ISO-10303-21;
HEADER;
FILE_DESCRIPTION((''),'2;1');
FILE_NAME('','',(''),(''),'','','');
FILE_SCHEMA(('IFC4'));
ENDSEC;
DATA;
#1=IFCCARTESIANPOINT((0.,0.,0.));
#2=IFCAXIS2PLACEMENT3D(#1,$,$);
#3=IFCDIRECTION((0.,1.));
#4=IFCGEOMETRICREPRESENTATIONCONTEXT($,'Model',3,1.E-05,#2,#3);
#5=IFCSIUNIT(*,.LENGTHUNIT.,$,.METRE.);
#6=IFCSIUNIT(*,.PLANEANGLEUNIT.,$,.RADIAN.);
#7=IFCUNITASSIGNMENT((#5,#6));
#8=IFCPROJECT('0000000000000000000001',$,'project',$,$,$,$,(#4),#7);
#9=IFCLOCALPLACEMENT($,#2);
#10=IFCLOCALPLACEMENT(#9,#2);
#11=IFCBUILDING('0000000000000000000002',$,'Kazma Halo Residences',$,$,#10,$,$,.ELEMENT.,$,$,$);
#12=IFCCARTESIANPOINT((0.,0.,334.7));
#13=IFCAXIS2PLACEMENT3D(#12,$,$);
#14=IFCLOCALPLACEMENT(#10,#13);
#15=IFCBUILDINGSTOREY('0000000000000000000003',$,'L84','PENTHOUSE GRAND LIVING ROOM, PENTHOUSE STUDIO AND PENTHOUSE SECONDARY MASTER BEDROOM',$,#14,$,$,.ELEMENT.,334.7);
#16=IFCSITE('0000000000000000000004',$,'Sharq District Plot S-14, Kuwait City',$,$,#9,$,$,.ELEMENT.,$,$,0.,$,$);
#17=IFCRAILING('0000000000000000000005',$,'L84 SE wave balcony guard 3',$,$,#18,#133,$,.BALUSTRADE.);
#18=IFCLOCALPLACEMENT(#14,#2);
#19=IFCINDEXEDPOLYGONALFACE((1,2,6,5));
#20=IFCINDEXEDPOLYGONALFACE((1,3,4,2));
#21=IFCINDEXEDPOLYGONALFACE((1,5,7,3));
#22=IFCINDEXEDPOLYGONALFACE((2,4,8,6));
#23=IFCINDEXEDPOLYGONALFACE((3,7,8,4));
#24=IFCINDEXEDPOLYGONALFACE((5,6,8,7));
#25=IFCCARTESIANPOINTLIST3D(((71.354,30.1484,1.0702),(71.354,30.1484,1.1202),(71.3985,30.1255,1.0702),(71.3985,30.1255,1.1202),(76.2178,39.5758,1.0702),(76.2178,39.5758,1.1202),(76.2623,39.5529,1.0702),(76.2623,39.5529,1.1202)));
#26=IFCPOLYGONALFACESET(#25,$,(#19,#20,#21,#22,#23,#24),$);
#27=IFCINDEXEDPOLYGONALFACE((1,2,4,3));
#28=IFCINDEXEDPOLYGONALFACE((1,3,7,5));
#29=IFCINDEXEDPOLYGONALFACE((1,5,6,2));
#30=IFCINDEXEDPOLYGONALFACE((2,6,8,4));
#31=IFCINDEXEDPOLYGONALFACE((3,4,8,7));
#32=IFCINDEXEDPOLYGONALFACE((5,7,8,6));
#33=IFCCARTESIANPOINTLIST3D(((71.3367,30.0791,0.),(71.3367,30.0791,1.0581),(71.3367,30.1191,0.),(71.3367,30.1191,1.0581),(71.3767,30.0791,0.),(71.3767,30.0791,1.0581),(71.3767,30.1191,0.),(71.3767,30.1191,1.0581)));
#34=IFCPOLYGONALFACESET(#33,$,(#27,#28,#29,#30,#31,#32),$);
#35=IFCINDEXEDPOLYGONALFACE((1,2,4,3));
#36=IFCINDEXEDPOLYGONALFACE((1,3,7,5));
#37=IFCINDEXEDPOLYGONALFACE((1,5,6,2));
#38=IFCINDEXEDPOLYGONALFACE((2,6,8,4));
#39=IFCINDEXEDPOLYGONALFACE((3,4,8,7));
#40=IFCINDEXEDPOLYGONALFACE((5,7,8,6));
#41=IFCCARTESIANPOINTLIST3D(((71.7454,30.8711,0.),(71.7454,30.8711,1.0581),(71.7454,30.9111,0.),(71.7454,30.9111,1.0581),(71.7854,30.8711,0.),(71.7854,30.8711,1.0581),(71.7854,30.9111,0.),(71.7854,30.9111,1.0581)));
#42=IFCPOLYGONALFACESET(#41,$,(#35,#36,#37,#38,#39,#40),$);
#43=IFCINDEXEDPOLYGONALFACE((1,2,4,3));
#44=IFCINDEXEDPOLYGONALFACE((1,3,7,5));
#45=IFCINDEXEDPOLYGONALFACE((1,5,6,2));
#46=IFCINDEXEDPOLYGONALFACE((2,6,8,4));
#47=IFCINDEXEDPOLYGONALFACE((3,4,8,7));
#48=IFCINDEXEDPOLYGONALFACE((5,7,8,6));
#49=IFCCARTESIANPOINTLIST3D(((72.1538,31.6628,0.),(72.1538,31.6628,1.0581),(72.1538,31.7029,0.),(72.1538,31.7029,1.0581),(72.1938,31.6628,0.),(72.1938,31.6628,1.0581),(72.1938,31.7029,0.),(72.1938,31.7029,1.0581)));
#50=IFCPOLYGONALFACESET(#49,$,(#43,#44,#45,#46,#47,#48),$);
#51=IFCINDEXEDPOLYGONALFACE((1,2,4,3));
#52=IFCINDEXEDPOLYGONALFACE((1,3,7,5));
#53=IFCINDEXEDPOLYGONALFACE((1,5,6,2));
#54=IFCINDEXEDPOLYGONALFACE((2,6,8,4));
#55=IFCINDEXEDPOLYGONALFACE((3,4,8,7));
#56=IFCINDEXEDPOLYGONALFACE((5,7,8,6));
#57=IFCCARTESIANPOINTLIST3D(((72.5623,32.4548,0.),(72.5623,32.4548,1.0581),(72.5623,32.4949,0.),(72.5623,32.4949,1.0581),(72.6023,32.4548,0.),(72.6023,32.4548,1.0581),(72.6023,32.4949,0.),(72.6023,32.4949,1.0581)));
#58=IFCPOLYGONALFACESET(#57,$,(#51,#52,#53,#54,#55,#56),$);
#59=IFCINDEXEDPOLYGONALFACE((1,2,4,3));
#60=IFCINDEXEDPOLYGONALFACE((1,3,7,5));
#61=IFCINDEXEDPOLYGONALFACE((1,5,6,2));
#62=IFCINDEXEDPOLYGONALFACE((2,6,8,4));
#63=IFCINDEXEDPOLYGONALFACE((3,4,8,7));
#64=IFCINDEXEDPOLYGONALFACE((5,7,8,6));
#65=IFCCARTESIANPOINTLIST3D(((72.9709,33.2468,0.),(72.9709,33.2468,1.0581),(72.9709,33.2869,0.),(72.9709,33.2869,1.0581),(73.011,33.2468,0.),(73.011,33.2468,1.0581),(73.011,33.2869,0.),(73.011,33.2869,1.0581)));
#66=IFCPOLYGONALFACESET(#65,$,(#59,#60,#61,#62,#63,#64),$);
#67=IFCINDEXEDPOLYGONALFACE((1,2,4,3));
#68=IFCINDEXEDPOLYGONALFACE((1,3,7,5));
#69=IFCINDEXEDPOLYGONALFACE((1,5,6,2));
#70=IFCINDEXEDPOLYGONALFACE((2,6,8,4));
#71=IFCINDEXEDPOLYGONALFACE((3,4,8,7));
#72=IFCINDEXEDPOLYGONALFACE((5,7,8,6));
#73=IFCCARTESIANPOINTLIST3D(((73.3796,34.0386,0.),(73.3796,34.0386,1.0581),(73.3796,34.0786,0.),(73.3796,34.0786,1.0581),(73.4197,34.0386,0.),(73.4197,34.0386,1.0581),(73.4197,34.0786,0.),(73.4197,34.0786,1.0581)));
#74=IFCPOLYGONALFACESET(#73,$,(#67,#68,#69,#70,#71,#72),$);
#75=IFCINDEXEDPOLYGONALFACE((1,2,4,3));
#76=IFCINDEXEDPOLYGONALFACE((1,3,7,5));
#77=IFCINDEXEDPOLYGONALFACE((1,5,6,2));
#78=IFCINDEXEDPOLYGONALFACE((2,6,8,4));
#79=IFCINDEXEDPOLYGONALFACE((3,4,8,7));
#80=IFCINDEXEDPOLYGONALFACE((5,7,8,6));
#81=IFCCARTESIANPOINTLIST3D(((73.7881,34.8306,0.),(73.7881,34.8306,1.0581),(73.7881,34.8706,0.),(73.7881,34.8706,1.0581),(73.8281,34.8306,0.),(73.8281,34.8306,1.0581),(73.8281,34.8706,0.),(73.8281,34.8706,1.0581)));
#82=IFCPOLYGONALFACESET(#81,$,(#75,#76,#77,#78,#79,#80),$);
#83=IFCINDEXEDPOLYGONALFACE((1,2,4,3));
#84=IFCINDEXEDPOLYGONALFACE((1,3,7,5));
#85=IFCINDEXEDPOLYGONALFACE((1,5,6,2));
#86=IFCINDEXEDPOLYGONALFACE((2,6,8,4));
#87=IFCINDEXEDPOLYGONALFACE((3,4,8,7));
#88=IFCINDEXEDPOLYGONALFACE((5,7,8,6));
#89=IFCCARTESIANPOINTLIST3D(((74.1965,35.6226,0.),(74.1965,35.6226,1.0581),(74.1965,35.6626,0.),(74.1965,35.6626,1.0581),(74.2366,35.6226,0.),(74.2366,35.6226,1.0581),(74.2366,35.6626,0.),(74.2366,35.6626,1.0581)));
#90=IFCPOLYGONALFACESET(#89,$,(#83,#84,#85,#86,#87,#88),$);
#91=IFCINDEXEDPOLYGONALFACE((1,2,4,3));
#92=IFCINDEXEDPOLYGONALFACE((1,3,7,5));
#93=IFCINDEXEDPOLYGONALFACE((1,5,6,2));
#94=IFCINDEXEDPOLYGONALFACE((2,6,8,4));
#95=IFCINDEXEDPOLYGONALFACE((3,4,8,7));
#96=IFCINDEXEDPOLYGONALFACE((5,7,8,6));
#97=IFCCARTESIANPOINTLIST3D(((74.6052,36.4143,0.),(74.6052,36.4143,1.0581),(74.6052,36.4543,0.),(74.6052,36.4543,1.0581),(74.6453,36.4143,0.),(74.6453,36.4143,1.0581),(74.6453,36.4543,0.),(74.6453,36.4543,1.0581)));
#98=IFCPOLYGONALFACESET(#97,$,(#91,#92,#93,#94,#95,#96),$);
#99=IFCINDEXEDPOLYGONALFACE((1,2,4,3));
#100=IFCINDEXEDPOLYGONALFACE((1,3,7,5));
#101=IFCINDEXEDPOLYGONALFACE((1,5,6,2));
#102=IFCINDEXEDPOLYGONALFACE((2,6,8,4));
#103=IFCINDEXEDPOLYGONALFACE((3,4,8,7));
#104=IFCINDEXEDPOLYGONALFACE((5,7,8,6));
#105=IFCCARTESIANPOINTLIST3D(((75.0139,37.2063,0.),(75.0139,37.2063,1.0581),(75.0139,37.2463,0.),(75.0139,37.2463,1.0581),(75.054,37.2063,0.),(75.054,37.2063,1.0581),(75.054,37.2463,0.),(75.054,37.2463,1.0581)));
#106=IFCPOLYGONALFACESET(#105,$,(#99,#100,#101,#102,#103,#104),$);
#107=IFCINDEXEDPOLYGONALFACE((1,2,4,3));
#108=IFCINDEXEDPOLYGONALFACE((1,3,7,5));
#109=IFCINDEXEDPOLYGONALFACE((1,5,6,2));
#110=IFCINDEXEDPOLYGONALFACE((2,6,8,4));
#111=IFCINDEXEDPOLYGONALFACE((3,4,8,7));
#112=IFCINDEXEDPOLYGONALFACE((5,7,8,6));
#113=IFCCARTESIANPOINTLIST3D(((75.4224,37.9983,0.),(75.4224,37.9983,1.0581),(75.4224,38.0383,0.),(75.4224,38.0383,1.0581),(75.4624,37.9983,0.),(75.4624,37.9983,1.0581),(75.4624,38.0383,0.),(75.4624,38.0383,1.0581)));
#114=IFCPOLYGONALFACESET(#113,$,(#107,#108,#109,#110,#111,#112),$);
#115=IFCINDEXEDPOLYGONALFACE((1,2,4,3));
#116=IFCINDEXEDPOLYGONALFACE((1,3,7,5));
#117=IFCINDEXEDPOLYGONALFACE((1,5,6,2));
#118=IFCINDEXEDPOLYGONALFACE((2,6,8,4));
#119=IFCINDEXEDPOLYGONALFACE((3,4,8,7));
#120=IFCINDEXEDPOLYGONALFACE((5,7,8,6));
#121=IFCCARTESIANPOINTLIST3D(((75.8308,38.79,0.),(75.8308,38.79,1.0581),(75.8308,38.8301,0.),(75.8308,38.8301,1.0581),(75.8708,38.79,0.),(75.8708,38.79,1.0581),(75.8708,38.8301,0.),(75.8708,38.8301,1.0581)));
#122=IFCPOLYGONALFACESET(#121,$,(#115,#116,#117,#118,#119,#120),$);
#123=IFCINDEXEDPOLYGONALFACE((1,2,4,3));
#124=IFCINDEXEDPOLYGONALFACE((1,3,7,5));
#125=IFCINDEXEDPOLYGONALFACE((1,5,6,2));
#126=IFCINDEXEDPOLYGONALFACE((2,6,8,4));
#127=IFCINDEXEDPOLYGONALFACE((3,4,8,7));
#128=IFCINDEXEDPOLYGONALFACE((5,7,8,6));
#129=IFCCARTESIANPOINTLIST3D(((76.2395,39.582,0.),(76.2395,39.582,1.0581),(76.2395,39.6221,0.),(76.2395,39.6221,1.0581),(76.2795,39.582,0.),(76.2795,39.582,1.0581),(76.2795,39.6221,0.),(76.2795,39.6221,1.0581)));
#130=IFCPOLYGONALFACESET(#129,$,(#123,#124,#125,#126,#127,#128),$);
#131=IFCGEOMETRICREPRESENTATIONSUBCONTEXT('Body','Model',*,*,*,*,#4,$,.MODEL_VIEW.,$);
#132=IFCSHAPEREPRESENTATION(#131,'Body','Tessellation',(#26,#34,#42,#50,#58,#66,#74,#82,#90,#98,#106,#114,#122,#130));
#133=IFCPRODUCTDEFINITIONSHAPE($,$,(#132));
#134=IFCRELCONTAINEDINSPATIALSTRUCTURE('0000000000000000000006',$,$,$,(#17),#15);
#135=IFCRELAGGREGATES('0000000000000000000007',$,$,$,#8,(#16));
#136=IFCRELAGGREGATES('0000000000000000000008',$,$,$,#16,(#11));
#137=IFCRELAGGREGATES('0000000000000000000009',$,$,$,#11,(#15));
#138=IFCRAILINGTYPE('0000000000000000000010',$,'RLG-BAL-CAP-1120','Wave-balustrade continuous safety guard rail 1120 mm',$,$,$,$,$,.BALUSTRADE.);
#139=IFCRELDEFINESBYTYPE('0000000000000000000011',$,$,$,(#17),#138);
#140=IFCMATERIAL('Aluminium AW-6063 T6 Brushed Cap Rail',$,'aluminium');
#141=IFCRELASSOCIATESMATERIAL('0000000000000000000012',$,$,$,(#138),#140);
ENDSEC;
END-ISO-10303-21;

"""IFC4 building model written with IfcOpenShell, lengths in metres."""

from ifc_helpers import new_model, si_unit, direction, frame, origin, origin_2d, place, context, subcontext, project, spatial, rectangle, extrude, material, type_object, element, save


model = new_model("IFC4")

# Units and contexts
model_context = context("Model", 3, precision=1e-05, world=origin(), true_north=direction((0.0, 1.0)))
body_context = subcontext(model_context, "Body", "Model", "MODEL_VIEW")
ifc_project = project(units=[si_unit("LENGTHUNIT", "METRE"), si_unit("PLANEANGLEUNIT", "RADIAN")], contexts=[model_context])

# Site, building, storey
site_placement = place(None, origin())
site = spatial("IfcSite", under=ifc_project, at=site_placement, Name="Sharq District Plot S-14, Kuwait City", CompositionType="ELEMENT", RefElevation=0.0)
building_placement = place(site_placement, origin())
building = spatial("IfcBuilding", under=site, at=building_placement, Name="Kazma Halo Residences", CompositionType="ELEMENT")
storey_placement = place(building_placement, frame((0.0, 0.0, 334.7)))
storey = spatial("IfcBuildingStorey", under=building, at=storey_placement, Name="L84", Description="PENTHOUSE GRAND LIVING ROOM, PENTHOUSE STUDIO AND PENTHOUSE SECONDARY MASTER BEDROOM", CompositionType="ELEMENT", Elevation=334.7)

# Railing
ifc_material_1 = material(Name="Aluminium AW-6063 T6 Brushed Cap Rail", Category="aluminium")
railing_type = type_object("IfcRailingType", Name="RLG-BAL-CAP-1120", Description="Wave-balustrade continuous safety guard rail 1120 mm", PredefinedType="BALUSTRADE", material=ifc_material_1)
railing_1_placement = place(storey_placement, frame((71.3567, 30.0991, 0.0)))
element("IfcRailing", 1, at=railing_1_placement, inside=storey, type_object=railing_type, Name="L84 SE wave balcony guard 3", PredefinedType="BALUSTRADE", context=body_context, shape_type="SweptSolid", body=[
    extrude(rectangle(XDim=0.05, YDim=0.05, at=origin_2d()), frame((0.0195, 0.0378, 1.0952), z_axis=(0.458502, 0.888693, 0.0), x_axis=(-0.888693, 0.458502, 0.0)), (0.0, 0.0, 1.0), 10.6082),
    extrude(rectangle(XDim=0.04, YDim=0.04, at=origin_2d()), origin(), (0.0, 0.0, 1.0), 1.0581),
    extrude(rectangle(XDim=0.04, YDim=0.04, at=origin_2d()), frame((0.4087, 0.792, 0.0)), (0.0, 0.0, 1.0), 1.0581),
    extrude(rectangle(XDim=0.04, YDim=0.04, at=origin_2d()), frame((0.8171, 1.5837, 0.0)), (0.0, 0.0, 1.0), 1.0581),
    extrude(rectangle(XDim=0.04, YDim=0.04, at=origin_2d()), frame((1.2256, 2.3757, 0.0)), (0.0, 0.0, 1.0), 1.0581),
    extrude(rectangle(XDim=0.04, YDim=0.04, at=origin_2d()), frame((1.6343, 3.1677, 0.0)), (0.0, 0.0, 1.0), 1.0581),
    extrude(rectangle(XDim=0.04, YDim=0.04, at=origin_2d()), frame((2.043, 3.9595, 0.0)), (0.0, 0.0, 1.0), 1.0581),
    extrude(rectangle(XDim=0.04, YDim=0.04, at=origin_2d()), frame((2.4514, 4.7515, 0.0)), (0.0, 0.0, 1.0), 1.0581),
    extrude(rectangle(XDim=0.04, YDim=0.04, at=origin_2d()), frame((2.8599, 5.5435, 0.0)), (0.0, 0.0, 1.0), 1.0581),
    extrude(rectangle(XDim=0.04, YDim=0.04, at=origin_2d()), frame((3.2686, 6.3352, 0.0)), (0.0, 0.0, 1.0), 1.0581),
    extrude(rectangle(XDim=0.04, YDim=0.04, at=origin_2d()), frame((3.6772, 7.1272, 0.0)), (0.0, 0.0, 1.0), 1.0581),
    extrude(rectangle(XDim=0.04, YDim=0.04, at=origin_2d()), frame((4.0857, 7.9192, 0.0)), (0.0, 0.0, 1.0), 1.0581),
    extrude(rectangle(XDim=0.04, YDim=0.04, at=origin_2d()), frame((4.4941, 8.7109, 0.0)), (0.0, 0.0, 1.0), 1.0581),
    extrude(rectangle(XDim=0.04, YDim=0.04, at=origin_2d()), frame((4.9028, 9.5029, 0.0)), (0.0, 0.0, 1.0), 1.0581),
])

save(model, "model.ifc")
